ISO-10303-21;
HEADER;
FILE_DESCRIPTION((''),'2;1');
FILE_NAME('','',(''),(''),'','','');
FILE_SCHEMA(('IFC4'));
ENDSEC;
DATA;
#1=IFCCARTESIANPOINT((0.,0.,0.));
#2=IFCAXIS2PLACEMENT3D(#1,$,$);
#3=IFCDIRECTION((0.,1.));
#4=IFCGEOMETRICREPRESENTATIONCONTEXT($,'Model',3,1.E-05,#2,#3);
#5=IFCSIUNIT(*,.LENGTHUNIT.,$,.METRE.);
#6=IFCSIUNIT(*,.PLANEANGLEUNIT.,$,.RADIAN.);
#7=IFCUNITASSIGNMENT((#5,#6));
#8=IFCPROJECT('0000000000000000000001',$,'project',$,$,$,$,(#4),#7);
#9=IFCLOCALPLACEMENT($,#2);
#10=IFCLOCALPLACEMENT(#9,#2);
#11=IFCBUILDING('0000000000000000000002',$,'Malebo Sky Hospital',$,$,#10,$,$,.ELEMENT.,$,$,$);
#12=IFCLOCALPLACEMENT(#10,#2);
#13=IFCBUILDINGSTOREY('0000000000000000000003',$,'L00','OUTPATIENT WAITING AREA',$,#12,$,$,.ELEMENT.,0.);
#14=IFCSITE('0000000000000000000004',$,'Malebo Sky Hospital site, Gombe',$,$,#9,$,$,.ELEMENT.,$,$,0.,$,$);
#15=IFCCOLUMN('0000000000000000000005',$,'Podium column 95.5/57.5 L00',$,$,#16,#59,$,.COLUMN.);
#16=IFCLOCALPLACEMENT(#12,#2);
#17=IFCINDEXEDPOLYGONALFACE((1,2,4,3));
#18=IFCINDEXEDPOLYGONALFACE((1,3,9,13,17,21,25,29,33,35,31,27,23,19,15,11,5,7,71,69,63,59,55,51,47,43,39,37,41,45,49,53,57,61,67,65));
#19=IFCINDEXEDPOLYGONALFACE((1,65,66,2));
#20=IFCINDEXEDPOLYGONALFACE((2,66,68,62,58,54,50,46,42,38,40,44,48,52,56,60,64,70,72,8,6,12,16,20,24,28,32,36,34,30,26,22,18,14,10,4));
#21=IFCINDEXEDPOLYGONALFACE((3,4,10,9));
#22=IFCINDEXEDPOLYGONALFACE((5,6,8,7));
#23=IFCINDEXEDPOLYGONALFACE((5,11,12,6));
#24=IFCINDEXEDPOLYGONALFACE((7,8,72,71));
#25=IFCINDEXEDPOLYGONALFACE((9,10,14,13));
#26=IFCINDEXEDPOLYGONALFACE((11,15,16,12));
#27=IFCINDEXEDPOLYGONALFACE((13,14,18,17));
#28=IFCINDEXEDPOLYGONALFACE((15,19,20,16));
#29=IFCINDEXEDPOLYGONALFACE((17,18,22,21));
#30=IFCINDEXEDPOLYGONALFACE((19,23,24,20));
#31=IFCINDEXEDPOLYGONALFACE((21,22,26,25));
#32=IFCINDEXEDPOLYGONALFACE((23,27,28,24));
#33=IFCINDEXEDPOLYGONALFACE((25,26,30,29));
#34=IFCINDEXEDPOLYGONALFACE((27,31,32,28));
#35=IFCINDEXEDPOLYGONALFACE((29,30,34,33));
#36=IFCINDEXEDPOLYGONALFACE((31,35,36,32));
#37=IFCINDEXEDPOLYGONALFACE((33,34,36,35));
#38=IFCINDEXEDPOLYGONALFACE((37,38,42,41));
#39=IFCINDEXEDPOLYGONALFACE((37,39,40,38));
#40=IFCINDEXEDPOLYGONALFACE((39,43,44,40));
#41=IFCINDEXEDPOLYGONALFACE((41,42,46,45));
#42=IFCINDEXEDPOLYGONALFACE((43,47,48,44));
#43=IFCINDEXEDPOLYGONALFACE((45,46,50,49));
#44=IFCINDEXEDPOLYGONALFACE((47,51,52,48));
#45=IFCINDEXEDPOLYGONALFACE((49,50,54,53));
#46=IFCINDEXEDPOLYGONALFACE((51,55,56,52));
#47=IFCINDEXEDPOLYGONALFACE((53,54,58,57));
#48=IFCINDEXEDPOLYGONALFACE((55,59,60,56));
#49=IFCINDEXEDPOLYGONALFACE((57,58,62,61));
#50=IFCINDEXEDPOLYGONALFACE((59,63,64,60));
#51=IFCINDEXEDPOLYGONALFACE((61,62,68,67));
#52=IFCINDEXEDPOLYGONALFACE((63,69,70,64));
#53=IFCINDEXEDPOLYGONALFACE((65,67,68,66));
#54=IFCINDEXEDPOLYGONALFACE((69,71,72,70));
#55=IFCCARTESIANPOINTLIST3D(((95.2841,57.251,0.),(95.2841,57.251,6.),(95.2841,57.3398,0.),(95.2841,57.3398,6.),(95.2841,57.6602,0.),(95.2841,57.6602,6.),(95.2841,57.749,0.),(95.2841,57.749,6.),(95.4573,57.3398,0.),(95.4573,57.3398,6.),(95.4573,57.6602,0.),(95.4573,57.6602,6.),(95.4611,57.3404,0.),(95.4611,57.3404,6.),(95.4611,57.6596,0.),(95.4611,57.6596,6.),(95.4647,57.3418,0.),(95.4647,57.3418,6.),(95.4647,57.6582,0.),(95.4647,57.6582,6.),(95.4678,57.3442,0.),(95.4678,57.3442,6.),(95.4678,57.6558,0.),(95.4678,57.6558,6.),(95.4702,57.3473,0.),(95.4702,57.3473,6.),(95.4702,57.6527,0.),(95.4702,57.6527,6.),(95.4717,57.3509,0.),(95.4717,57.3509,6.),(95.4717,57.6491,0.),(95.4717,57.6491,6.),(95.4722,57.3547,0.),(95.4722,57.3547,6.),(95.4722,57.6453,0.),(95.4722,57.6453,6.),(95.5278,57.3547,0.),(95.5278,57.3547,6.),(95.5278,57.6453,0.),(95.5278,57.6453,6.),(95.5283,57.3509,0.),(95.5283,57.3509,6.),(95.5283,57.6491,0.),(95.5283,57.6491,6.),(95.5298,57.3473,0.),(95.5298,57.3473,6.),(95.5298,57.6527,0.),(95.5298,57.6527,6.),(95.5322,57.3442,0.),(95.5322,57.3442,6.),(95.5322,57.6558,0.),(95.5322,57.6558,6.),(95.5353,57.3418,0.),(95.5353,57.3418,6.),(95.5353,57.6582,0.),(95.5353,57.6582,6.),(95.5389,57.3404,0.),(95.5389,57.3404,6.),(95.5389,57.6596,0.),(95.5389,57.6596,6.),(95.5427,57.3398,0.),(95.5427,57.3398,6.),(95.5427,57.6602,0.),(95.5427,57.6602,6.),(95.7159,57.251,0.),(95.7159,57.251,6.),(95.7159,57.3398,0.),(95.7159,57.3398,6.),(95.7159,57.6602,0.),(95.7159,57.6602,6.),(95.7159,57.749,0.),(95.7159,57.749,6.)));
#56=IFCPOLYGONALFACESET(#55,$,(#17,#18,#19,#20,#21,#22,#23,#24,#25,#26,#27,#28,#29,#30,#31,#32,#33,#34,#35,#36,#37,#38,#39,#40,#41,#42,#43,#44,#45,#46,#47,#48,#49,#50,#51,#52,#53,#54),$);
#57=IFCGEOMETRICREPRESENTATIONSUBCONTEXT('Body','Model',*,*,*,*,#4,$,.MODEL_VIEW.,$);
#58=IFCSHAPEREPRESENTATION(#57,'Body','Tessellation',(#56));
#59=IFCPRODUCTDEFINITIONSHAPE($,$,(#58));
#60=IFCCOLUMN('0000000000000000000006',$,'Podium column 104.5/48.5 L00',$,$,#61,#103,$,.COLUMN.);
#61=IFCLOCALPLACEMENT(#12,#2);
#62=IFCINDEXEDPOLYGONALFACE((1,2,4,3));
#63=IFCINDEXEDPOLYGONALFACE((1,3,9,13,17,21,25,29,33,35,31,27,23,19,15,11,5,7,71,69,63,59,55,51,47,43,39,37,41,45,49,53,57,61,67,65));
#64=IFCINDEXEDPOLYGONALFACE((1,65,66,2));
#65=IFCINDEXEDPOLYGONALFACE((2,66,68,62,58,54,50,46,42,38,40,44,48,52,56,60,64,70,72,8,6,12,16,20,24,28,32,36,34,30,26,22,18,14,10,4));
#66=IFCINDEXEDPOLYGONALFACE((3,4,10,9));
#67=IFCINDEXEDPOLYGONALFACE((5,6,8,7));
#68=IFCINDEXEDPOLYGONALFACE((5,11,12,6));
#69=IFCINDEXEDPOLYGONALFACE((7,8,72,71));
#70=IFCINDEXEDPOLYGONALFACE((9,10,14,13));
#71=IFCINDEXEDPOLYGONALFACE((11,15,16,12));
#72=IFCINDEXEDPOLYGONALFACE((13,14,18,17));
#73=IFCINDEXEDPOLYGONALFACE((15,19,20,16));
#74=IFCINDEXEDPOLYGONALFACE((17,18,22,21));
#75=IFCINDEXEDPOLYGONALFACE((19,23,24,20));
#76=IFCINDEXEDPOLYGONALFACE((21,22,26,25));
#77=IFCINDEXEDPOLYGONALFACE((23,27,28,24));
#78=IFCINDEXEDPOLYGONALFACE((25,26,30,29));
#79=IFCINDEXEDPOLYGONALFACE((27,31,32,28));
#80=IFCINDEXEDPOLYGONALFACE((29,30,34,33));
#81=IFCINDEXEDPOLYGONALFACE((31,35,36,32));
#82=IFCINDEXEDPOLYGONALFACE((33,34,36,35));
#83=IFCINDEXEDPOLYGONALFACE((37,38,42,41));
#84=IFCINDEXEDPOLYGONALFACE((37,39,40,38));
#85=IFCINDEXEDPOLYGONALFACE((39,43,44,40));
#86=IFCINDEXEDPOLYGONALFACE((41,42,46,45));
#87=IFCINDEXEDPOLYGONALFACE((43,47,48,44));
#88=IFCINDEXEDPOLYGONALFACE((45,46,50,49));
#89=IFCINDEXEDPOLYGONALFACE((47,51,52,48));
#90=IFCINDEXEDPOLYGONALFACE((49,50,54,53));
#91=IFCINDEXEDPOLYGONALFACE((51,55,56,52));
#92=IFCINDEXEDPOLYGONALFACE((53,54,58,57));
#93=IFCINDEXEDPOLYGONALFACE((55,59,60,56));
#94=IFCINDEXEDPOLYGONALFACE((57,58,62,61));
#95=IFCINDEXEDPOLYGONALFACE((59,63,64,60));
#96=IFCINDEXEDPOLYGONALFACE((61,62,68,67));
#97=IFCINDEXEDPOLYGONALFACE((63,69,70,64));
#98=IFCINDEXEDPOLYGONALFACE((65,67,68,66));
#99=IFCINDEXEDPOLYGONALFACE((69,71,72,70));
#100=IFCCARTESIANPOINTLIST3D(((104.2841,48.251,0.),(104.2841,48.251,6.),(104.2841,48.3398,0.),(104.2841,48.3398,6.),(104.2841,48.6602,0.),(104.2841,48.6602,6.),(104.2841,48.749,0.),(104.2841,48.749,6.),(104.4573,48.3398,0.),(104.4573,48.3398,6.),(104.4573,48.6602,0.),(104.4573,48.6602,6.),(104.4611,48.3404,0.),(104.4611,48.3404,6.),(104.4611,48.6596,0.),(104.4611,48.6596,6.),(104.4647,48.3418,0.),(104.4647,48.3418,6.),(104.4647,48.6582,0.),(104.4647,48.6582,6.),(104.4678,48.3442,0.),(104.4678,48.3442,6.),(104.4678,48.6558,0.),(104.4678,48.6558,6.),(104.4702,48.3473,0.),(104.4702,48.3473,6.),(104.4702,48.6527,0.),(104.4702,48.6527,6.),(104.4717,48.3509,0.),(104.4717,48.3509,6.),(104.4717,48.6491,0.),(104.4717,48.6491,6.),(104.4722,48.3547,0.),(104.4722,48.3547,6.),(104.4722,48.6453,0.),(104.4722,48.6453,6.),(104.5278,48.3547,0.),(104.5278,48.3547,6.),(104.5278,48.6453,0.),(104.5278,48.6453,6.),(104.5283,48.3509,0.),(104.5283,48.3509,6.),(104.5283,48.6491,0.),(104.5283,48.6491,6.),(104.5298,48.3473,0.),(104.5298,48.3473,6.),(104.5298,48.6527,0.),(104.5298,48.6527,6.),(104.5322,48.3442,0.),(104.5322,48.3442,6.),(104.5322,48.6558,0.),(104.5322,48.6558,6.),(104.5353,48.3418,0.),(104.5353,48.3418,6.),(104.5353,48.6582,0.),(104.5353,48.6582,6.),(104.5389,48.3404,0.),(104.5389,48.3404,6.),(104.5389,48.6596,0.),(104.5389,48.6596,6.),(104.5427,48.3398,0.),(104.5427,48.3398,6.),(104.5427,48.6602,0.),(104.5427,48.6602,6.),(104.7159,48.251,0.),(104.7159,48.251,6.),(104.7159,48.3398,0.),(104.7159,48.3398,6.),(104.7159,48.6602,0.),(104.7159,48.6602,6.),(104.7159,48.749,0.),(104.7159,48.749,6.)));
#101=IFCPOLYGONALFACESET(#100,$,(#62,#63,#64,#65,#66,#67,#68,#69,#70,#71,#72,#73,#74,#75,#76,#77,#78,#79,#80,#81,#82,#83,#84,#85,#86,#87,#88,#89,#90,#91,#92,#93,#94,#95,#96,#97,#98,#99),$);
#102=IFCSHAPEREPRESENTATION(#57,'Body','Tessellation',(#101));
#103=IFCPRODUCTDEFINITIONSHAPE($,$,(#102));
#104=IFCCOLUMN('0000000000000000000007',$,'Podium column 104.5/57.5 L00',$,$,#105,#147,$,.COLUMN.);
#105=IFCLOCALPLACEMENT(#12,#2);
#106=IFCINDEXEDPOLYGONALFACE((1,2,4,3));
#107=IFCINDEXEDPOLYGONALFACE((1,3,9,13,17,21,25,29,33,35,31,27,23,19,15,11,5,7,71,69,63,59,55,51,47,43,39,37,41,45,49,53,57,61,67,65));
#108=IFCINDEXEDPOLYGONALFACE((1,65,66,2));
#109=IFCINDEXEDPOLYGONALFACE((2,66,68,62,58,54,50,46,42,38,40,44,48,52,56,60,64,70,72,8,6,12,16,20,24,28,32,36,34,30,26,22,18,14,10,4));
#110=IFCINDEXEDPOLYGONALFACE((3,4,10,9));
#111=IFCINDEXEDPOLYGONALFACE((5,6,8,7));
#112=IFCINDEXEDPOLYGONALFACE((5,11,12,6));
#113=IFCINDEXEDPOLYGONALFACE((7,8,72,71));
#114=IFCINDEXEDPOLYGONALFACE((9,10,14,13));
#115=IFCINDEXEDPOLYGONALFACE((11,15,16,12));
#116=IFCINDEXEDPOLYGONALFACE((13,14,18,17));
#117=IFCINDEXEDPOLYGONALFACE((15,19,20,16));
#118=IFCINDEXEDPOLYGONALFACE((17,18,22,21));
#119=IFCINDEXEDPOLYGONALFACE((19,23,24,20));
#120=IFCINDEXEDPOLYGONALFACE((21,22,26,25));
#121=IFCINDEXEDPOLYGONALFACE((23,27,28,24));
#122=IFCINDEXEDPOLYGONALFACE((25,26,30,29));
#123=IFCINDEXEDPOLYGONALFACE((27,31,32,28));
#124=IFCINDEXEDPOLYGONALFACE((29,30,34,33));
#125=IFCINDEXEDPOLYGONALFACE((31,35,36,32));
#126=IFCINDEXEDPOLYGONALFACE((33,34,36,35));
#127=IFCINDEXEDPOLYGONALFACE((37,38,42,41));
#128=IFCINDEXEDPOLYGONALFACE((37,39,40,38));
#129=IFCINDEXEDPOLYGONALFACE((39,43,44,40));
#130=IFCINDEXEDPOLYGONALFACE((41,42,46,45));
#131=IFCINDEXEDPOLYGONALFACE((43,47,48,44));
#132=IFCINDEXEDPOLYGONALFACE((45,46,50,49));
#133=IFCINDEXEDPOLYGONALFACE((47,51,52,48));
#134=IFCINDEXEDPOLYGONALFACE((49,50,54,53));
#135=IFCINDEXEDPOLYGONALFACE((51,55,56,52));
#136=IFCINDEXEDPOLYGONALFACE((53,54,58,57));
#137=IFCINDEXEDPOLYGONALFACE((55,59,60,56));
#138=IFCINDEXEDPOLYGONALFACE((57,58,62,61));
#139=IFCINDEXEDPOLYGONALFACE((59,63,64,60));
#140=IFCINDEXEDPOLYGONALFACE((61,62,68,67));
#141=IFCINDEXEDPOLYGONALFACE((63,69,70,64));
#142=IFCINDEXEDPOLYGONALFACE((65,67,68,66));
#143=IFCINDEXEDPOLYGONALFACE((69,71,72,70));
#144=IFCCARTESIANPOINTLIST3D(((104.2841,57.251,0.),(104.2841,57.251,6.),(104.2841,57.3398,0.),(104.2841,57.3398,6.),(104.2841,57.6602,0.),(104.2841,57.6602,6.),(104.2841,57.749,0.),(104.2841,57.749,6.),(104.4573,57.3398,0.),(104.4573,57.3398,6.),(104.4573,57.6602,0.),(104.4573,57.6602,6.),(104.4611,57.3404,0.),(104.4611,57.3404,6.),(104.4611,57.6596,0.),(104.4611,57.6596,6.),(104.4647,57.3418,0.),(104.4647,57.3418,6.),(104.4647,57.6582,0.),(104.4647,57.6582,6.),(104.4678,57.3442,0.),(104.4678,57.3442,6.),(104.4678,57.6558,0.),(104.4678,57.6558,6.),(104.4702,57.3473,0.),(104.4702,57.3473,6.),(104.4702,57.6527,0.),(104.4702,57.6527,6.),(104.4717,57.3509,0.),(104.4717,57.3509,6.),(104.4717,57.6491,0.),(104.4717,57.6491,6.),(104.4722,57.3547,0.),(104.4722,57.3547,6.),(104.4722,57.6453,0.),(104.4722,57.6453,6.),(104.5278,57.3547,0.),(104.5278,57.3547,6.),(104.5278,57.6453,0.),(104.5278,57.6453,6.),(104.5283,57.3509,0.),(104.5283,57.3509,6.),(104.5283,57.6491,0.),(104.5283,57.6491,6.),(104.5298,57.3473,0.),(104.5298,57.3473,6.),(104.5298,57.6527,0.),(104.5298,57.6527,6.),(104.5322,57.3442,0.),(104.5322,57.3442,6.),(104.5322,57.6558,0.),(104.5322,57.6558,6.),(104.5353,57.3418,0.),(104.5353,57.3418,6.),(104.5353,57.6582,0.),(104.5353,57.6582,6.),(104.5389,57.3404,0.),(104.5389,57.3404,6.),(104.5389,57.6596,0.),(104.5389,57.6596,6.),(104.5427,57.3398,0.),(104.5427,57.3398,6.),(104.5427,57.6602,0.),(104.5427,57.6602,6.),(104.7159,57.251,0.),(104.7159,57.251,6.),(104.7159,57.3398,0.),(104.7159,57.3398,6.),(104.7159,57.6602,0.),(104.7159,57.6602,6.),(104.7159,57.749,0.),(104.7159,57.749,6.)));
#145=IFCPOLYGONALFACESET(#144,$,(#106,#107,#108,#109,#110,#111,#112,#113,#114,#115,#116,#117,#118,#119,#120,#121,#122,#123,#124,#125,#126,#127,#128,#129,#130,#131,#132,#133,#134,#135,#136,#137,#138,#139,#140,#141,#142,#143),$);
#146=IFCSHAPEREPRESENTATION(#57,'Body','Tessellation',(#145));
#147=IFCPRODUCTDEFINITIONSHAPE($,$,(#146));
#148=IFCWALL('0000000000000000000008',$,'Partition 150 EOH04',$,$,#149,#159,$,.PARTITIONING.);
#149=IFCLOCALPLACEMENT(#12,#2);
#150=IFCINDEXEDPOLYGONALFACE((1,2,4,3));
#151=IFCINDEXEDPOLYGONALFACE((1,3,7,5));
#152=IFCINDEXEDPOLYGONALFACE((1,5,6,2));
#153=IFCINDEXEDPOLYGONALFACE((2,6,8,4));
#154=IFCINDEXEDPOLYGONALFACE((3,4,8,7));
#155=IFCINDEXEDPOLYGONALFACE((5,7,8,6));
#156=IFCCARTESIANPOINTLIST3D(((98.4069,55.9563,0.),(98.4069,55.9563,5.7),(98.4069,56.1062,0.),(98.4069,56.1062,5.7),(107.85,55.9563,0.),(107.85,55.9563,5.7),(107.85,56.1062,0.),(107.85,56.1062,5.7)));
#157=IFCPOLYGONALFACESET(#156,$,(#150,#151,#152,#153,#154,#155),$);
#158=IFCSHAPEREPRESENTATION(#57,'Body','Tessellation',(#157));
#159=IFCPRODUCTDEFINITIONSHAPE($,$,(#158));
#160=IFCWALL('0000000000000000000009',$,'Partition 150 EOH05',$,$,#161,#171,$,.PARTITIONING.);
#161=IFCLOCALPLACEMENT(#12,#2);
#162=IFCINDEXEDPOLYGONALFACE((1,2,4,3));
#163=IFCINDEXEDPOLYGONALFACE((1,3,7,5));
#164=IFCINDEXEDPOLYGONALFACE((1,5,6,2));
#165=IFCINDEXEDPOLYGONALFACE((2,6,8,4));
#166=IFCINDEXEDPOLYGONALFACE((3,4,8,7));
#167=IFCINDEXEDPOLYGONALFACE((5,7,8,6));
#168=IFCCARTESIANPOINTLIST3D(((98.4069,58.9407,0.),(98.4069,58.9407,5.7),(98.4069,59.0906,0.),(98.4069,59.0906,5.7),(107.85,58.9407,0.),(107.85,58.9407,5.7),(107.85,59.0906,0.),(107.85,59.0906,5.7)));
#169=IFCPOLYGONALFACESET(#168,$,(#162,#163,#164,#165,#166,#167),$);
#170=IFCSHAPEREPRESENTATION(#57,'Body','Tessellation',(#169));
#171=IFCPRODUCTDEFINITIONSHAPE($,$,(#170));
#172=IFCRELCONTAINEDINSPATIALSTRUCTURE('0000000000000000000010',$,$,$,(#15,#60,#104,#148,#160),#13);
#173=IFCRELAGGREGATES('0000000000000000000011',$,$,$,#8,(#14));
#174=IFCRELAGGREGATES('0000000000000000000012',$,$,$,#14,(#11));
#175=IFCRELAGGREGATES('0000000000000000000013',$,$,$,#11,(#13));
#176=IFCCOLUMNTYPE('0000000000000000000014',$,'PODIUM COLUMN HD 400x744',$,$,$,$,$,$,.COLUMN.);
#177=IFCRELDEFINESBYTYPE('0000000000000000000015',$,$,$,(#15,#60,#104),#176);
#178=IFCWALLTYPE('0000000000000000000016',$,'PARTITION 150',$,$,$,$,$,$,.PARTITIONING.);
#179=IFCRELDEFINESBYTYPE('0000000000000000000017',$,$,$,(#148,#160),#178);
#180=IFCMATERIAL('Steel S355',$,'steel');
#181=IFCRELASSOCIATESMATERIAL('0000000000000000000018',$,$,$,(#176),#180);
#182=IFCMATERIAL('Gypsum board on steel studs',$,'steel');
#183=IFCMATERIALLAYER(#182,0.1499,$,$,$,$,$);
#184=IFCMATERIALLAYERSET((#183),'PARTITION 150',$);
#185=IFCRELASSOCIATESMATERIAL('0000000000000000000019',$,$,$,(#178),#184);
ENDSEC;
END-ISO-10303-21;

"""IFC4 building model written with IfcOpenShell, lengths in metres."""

from ifc_helpers import new_model, si_unit, direction, frame, frame_2d, origin, origin_2d, place, context, subcontext, project, spatial, rectangle, i_section, extrude, material, layer, layer_set, material_profile, profile_set, type_object, element, save


model = new_model("IFC4")

# Units and contexts
model_context = context("Model", 3, precision=1e-05, world=origin(), true_north=direction((0.0, 1.0)))
body_context = subcontext(model_context, "Body", "Model", "MODEL_VIEW")
ifc_project = project(units=[si_unit("LENGTHUNIT", "METRE"), si_unit("PLANEANGLEUNIT", "RADIAN")], contexts=[model_context])

# Site, building, storey
site_placement = place(None, origin())
site = spatial("IfcSite", under=ifc_project, at=site_placement, Name="Malebo Sky Hospital site, Gombe", CompositionType="ELEMENT", RefElevation=0.0)
building_placement = place(site_placement, origin())
building = spatial("IfcBuilding", under=site, at=building_placement, Name="Malebo Sky Hospital", CompositionType="ELEMENT")
storey_placement = place(building_placement, origin())
storey = spatial("IfcBuildingStorey", under=building, at=storey_placement, Name="L00", Description="OUTPATIENT WAITING AREA", CompositionType="ELEMENT", Elevation=0.0)

# Columns
ifc_material_1 = material(Name="Steel S355", Category="steel")
ifc_material_profile_1 = material_profile(ifc_material_1, i_section(OverallWidth=0.4319, OverallDepth=0.498, WebThickness=0.0557, FlangeThickness=0.0889, FilletRadius=0.0149, at=origin_2d()), Name="HD 400x744")
ifc_profile_set_1 = profile_set([ifc_material_profile_1], Name="Steel S355")
column_type = type_object("IfcColumnType", Name="PODIUM COLUMN HD 400x744", PredefinedType="COLUMN", material=ifc_profile_set_1)
for number, where, z_axis, x_axis, name in (
    (1, (95.5, 57.5, 0.0), (0.0, 0.0, 1.0), (1.0, 0.0, 0.0), "Podium column 95.5/57.5 L00"),
    (2, (104.5, 48.5, 0.0), (0.0, 0.0, 1.0), (1.0, 0.0, 0.0), "Podium column 104.5/48.5 L00"),
    (3, (104.5, 57.5, 0.0), (0.0, 0.0, 1.0), (1.0, 0.0, 0.0), "Podium column 104.5/57.5 L00"),
):
    element("IfcColumn", number, at=place(storey_placement, frame(where, z_axis=z_axis, x_axis=x_axis)), inside=storey, type_object=column_type, Name=name, PredefinedType="COLUMN", context=body_context, shape_type="SweptSolid", body=[
        extrude(i_section(OverallWidth=0.4319, OverallDepth=0.498, WebThickness=0.0557, FlangeThickness=0.0889, FilletRadius=0.0149, at=origin_2d()), origin(), (0.0, 0.0, 1.0), 6.0),
    ])

# Walls
ifc_material_2 = material(Name="Gypsum board on steel studs", Category="steel")
ifc_layer_1 = layer(ifc_material_2, 0.1499)
ifc_layer_set_1 = layer_set([ifc_layer_1], Name="PARTITION 150")
wall_type_1 = type_object("IfcWallType", Name="PARTITION 150", PredefinedType="PARTITIONING", material=ifc_layer_set_1)
for number, where, z_axis, x_axis, name in (
    (4, (107.8501, 56.0312, 0.0), (0.0, 0.0, 1.0), (-1.0, 0.0, 0.0), "Partition 150 EOH04"),
    (5, (107.8501, 59.0156, 0.0), (0.0, 0.0, 1.0), (-1.0, 0.0, 0.0), "Partition 150 EOH05"),
):
    element("IfcWall", number, at=place(storey_placement, frame(where, z_axis=z_axis, x_axis=x_axis)), inside=storey, type_object=wall_type_1, Name=name, PredefinedType="PARTITIONING", context=body_context, shape_type="SweptSolid", body=[
        extrude(rectangle(XDim=9.4431, YDim=0.1499, at=frame_2d((4.7217, 0.0))), origin(), (0.0, 0.0, 1.0), 5.7),
    ])

save(model, "model.ifc")
